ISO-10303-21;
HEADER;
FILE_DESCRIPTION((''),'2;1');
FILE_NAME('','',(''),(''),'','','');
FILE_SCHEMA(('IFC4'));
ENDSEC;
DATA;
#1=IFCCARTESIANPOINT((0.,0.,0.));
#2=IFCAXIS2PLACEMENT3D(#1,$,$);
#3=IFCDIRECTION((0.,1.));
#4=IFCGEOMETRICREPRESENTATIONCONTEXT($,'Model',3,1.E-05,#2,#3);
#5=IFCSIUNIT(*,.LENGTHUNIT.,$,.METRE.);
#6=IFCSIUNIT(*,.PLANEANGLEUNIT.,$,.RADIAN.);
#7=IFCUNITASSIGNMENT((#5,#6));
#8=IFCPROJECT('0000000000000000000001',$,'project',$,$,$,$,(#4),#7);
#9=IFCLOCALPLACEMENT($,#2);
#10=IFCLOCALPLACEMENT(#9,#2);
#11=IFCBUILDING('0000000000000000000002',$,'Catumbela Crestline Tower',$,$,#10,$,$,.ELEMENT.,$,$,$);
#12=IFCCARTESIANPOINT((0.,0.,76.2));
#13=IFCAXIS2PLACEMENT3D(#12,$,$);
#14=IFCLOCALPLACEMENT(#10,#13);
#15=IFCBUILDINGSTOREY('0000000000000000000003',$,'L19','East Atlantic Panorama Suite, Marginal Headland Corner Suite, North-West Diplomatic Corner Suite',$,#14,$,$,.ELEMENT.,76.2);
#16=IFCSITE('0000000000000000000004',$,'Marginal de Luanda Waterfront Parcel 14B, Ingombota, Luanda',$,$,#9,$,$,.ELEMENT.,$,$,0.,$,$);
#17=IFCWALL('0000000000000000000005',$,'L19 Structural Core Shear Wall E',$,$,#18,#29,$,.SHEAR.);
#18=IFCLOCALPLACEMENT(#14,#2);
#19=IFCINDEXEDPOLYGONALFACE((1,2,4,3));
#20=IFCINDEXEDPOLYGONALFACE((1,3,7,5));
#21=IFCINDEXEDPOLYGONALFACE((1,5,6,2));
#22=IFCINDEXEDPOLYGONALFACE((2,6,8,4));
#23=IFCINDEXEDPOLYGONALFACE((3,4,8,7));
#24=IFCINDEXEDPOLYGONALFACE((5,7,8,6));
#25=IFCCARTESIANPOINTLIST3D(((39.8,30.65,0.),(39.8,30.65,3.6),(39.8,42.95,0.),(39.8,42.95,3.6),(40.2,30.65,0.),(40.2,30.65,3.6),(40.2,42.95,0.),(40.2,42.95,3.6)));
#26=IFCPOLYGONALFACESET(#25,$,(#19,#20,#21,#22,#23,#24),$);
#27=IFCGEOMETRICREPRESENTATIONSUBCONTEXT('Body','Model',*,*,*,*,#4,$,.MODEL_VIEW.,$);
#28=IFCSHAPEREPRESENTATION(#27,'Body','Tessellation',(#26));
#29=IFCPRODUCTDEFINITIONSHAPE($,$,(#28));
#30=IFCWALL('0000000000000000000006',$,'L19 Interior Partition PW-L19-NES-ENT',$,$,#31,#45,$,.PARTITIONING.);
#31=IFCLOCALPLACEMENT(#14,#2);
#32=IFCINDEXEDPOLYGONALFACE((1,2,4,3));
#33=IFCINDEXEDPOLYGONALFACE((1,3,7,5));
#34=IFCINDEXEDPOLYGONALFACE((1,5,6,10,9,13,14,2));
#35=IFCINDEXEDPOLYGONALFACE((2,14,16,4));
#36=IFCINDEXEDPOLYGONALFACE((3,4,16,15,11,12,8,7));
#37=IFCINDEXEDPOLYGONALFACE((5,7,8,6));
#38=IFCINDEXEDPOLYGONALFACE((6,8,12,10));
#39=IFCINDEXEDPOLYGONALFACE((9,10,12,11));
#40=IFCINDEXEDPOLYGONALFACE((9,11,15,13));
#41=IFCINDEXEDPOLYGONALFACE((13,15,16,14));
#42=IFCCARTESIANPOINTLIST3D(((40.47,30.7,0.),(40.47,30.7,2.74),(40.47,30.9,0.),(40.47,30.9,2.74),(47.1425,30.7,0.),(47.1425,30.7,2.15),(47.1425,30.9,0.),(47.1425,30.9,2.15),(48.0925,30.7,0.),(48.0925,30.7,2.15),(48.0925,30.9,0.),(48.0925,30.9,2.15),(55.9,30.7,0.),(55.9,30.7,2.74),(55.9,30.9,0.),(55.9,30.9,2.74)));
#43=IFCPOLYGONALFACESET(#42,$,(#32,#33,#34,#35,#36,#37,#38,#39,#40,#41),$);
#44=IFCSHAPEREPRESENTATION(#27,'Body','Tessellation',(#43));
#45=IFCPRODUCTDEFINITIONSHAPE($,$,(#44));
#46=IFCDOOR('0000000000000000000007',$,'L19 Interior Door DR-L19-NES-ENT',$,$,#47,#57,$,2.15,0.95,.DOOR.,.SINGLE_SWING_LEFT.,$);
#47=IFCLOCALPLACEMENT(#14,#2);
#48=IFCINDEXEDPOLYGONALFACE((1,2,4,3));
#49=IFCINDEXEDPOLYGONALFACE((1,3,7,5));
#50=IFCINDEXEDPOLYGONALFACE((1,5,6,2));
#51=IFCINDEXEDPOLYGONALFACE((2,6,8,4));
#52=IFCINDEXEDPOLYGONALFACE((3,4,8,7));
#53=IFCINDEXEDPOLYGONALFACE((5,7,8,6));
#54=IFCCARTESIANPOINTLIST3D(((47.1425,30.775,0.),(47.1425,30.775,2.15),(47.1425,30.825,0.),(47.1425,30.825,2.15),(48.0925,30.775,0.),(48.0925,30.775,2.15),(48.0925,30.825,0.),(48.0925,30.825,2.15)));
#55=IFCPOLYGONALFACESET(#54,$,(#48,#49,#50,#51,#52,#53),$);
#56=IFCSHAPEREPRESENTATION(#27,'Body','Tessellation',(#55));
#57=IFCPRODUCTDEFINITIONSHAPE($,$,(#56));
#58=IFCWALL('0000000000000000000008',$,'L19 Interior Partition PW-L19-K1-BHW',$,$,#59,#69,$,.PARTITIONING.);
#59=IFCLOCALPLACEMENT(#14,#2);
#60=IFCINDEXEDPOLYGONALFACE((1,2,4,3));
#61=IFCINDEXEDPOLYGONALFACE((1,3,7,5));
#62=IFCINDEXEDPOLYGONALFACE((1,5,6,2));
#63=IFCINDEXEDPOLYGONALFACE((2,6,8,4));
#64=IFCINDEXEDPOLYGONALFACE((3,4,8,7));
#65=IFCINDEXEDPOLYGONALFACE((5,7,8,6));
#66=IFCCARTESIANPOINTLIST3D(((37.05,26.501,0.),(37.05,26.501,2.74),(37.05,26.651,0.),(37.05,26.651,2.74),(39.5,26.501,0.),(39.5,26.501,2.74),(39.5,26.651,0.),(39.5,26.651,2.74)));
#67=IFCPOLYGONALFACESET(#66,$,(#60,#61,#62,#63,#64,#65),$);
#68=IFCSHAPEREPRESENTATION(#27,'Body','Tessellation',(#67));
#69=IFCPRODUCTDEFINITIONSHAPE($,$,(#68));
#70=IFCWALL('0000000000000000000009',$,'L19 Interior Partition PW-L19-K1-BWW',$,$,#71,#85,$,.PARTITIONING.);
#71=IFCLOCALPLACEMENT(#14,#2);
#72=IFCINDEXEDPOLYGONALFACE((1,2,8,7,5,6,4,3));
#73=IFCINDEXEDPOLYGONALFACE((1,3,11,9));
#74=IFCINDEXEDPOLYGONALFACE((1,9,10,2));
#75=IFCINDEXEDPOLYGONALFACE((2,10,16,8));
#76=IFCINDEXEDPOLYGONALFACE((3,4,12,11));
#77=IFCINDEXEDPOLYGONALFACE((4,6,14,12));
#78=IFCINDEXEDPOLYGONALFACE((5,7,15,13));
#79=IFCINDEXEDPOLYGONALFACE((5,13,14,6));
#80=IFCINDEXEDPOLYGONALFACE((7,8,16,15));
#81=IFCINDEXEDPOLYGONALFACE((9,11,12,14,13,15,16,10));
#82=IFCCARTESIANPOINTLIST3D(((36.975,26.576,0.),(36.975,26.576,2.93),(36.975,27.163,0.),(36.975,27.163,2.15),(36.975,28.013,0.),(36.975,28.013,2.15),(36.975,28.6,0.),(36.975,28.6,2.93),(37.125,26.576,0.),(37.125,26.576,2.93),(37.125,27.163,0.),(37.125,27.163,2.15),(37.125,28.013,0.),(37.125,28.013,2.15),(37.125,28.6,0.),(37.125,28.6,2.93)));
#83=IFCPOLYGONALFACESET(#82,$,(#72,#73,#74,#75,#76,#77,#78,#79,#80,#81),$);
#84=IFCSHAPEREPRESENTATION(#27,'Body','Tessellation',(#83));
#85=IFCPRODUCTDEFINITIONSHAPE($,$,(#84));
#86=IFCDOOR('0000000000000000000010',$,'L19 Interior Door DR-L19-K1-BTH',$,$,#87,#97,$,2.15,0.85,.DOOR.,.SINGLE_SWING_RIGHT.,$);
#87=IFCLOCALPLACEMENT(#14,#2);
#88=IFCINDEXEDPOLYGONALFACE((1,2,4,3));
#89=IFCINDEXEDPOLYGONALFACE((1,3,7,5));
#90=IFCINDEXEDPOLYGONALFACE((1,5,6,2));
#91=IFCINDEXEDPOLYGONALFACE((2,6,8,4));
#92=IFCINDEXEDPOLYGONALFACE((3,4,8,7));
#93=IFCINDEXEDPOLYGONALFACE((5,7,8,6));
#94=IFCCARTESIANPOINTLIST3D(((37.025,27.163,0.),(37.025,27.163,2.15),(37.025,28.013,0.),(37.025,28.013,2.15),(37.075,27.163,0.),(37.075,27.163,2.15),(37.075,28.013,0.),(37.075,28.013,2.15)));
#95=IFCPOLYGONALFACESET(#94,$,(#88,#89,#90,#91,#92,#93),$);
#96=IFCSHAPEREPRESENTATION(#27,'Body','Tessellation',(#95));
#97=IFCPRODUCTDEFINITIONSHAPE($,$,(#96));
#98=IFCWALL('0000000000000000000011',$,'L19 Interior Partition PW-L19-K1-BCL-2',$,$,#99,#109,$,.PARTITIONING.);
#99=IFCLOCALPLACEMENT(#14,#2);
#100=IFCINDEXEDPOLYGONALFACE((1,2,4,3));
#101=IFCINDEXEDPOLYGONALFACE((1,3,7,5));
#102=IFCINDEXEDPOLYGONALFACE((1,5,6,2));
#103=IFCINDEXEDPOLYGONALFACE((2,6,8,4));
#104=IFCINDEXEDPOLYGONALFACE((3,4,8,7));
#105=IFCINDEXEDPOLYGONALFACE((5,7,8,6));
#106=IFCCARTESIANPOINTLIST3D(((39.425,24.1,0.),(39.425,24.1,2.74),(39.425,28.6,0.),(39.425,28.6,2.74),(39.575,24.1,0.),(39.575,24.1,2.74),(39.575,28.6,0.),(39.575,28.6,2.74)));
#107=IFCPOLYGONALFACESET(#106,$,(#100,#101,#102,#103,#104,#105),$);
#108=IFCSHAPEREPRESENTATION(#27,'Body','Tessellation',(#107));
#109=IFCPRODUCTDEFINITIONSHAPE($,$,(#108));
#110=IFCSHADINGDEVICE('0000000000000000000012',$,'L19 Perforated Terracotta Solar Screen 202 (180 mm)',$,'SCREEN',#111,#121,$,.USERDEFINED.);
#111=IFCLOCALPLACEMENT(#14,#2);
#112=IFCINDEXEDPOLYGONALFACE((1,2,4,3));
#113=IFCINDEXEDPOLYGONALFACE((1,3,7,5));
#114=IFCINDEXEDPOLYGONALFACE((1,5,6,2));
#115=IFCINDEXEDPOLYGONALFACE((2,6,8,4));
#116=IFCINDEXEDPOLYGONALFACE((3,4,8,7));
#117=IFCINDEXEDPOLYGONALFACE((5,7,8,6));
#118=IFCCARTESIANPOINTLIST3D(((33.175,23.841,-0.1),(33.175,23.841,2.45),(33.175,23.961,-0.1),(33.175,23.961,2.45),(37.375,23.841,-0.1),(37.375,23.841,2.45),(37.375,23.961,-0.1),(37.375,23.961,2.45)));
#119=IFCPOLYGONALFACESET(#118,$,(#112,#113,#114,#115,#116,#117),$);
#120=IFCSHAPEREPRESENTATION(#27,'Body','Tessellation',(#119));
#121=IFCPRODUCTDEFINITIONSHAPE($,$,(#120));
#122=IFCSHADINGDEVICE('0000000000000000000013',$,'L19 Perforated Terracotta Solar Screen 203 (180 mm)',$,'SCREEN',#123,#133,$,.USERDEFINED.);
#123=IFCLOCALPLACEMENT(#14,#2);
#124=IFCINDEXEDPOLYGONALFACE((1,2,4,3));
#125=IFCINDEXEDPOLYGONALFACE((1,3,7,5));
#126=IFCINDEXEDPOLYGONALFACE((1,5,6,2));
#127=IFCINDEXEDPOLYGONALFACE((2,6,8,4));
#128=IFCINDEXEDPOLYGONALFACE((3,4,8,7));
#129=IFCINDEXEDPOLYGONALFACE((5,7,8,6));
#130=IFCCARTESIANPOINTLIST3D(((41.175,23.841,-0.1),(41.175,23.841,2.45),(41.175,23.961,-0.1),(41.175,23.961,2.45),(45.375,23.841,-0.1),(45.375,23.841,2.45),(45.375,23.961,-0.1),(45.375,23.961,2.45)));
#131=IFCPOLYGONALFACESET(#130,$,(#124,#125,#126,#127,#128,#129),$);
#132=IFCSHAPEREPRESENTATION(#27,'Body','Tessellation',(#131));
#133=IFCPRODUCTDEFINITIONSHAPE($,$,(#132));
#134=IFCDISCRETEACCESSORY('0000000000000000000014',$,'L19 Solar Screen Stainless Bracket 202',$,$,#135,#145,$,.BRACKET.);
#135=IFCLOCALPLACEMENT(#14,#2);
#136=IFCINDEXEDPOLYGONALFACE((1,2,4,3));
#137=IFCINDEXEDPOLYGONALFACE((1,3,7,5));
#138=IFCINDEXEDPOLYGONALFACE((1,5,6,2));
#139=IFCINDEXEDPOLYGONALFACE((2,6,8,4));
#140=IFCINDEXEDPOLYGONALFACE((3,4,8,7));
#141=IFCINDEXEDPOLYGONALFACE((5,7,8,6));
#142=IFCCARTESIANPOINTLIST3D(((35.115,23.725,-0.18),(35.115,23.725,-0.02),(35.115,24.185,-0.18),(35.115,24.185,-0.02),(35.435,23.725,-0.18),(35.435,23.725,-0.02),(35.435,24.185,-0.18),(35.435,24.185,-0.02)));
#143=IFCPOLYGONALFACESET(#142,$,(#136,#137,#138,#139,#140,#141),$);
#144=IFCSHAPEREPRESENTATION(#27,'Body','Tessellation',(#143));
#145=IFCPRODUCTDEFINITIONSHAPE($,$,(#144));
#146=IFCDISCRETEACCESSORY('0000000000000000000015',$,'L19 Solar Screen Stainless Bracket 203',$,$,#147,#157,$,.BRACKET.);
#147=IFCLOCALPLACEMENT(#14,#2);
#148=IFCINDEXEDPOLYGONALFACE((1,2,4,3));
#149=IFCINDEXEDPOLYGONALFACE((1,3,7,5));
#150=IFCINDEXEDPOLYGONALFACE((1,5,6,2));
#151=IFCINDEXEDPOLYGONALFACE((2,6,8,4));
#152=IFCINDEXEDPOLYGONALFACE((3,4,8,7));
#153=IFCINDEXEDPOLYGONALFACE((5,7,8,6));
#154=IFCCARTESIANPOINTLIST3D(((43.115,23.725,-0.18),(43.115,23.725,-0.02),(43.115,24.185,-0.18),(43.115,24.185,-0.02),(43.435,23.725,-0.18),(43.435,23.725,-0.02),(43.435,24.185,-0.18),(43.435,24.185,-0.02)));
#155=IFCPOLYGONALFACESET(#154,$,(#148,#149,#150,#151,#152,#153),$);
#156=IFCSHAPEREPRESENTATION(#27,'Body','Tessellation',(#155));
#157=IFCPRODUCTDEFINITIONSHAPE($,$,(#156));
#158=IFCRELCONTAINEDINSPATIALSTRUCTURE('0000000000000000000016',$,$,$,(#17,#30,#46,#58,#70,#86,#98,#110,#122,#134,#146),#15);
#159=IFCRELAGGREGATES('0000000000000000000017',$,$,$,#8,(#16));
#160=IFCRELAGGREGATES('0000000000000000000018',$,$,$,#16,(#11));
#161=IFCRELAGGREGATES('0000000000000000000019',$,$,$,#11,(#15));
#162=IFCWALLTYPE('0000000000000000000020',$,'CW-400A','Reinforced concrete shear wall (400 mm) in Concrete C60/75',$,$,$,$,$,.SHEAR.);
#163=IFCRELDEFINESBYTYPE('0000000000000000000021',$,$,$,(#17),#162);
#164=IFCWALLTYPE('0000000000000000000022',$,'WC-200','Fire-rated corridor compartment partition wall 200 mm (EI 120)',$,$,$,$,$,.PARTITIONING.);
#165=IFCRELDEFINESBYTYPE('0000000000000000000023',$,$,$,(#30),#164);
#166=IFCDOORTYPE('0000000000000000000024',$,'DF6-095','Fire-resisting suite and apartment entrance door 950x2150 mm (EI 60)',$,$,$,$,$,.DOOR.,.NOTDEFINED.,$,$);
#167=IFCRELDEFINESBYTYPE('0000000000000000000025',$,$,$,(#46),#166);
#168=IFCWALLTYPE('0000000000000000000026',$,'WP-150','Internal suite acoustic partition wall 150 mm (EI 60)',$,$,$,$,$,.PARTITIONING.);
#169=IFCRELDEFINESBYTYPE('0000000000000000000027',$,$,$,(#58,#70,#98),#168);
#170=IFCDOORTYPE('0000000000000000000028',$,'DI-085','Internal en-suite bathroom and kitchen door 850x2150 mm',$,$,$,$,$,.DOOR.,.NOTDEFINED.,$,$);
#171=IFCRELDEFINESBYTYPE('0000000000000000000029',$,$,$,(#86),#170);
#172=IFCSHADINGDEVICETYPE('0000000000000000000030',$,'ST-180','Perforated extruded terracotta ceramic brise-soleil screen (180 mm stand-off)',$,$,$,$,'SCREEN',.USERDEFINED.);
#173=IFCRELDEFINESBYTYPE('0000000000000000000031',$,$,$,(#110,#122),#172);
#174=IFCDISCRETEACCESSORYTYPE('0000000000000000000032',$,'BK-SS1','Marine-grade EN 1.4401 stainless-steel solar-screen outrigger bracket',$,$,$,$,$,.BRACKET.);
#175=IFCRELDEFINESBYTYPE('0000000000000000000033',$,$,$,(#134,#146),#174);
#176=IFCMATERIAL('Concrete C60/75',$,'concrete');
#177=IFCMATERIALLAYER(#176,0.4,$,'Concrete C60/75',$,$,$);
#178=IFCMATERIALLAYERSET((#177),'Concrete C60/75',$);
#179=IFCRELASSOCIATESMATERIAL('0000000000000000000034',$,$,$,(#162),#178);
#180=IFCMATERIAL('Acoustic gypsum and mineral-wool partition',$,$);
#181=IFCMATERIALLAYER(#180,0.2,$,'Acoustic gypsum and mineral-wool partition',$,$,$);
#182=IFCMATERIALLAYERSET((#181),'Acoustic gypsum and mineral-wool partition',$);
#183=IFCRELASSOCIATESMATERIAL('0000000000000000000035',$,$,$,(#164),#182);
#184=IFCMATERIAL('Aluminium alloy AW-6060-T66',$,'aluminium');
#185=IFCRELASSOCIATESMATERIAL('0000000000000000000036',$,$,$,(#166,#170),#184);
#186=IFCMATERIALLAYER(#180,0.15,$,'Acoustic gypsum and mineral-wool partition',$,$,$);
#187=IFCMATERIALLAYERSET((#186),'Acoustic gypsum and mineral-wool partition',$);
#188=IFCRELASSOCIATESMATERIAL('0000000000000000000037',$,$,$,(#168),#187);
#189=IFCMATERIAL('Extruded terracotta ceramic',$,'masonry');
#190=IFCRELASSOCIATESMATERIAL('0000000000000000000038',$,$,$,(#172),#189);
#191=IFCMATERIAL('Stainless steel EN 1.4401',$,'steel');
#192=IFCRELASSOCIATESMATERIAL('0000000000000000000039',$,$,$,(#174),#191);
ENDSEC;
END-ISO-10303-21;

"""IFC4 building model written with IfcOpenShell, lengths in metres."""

from ifc_helpers import new_model, si_unit, direction, frame, frame_2d, origin, origin_2d, place, context, subcontext, project, spatial, rectangle, extrude, material, layer, layer_set, type_object, element, fill, save


model = new_model("IFC4")

# Units and contexts
model_context = context("Model", 3, precision=1e-05, world=origin(), true_north=direction((0.0, 1.0)))
body_context = subcontext(model_context, "Body", "Model", "MODEL_VIEW")
ifc_project = project(units=[si_unit("LENGTHUNIT", "METRE"), si_unit("PLANEANGLEUNIT", "RADIAN")], contexts=[model_context])

# Site, building, storey
site_placement = place(None, origin())
site = spatial("IfcSite", under=ifc_project, at=site_placement, Name="Marginal de Luanda Waterfront Parcel 14B, Ingombota, Luanda", CompositionType="ELEMENT", RefElevation=0.0)
building_placement = place(site_placement, origin())
building = spatial("IfcBuilding", under=site, at=building_placement, Name="Catumbela Crestline Tower", CompositionType="ELEMENT")
storey_placement = place(building_placement, frame((0.0, 0.0, 76.2)))
storey = spatial("IfcBuildingStorey", under=building, at=storey_placement, Name="L19", Description="East Atlantic Panorama Suite, Marginal Headland Corner Suite, North-West Diplomatic Corner Suite", CompositionType="ELEMENT", Elevation=76.2)

# Shared definitions
ifc_material_1 = material(Name="Concrete C60/75", Category="concrete")

# Shared definitions
ifc_material_2 = material(Name="Aluminium alloy AW-6060-T66", Category="aluminium")

# Wall
ifc_layer_1 = layer(ifc_material_1, 0.4, Name="Concrete C60/75")
ifc_layer_set_1 = layer_set([ifc_layer_1], Name="Concrete C60/75")
wall_type_1 = type_object("IfcWallType", Name="CW-400A", Description="Reinforced concrete shear wall (400 mm) in Concrete C60/75", PredefinedType="SHEAR", material=ifc_layer_set_1)
wall_1_placement = place(storey_placement, frame((40.0, 30.65, 0.0), z_axis=(0.0, 0.0, 1.0), x_axis=(0.0, 1.0, 0.0)))
element("IfcWall", 1, at=wall_1_placement, inside=storey, type_object=wall_type_1, Name="L19 Structural Core Shear Wall E", PredefinedType="SHEAR", context=body_context, shape_type="SweptSolid", body=[
    extrude(rectangle(XDim=12.3, YDim=0.4, at=frame_2d((6.15, 0.0))), origin(), (0.0, 0.0, 1.0), 3.6),
])

# Wall, opening, door
ifc_material_3 = material(Name="Acoustic gypsum and mineral-wool partition")
ifc_layer_2 = layer(ifc_material_3, 0.2, Name="Acoustic gypsum and mineral-wool partition")
ifc_layer_set_2 = layer_set([ifc_layer_2], Name="Acoustic gypsum and mineral-wool partition")
wall_type_2 = type_object("IfcWallType", Name="WC-200", Description="Fire-rated corridor compartment partition wall 200 mm (EI 120)", PredefinedType="PARTITIONING", material=ifc_layer_set_2)
wall_2_placement = place(storey_placement, frame((40.47, 30.8, 0.0), z_axis=(0.0, 0.0, 1.0), x_axis=(1.0, 0.0, 0.0)))
wall_2 = element("IfcWall", 2, at=wall_2_placement, inside=storey, type_object=wall_type_2, Name="L19 Interior Partition PW-L19-NES-ENT", PredefinedType="PARTITIONING", context=body_context, shape_type="SweptSolid", body=[
    extrude(rectangle(XDim=15.43, YDim=0.2, at=frame_2d((7.715, 0.0))), origin(), (0.0, 0.0, 1.0), 2.74),
])
opening_1_placement = place(wall_2_placement, frame((6.6725, 0.0, 0.0)))
opening_1 = element("IfcOpeningElement", 3, at=opening_1_placement, cuts=wall_2, PredefinedType="OPENING", context=body_context, shape_type="SweptSolid", body=[
    extrude(rectangle(XDim=0.95, YDim=2.15, at=frame_2d((0.475, 1.075))), frame((0.0, 0.11, 0.0), z_axis=(0.0, -1.0, 0.0), x_axis=(1.0, 0.0, 0.0)), (0.0, 0.0, 1.0), 0.22),
])
door_type_1 = type_object("IfcDoorType", Name="DF6-095", Description="Fire-resisting suite and apartment entrance door 950x2150 mm (EI 60)", OperationType="NOTDEFINED", PredefinedType="DOOR", material=ifc_material_2)
door_1_placement = place(opening_1_placement, origin())
door_1 = element("IfcDoor", 4, at=door_1_placement, inside=storey, type_object=door_type_1, Name="L19 Interior Door DR-L19-NES-ENT", OperationType="SINGLE_SWING_LEFT", OverallHeight=2.15, OverallWidth=0.95, PredefinedType="DOOR", context=body_context, shape_type="SweptSolid", body=[
    extrude(rectangle(XDim=0.95, YDim=2.15, at=frame_2d((0.475, 1.075))), frame((0.0, 0.025, 0.0), z_axis=(0.0, -1.0, 0.0), x_axis=(1.0, 0.0, 0.0)), (0.0, 0.0, 1.0), 0.05),
])
fill(opening_1, door_1)

# Wall
ifc_layer_3 = layer(ifc_material_3, 0.15, Name="Acoustic gypsum and mineral-wool partition")
ifc_layer_set_3 = layer_set([ifc_layer_3], Name="Acoustic gypsum and mineral-wool partition")
wall_type_3 = type_object("IfcWallType", Name="WP-150", Description="Internal suite acoustic partition wall 150 mm (EI 60)", PredefinedType="PARTITIONING", material=ifc_layer_set_3)
wall_3_placement = place(storey_placement, frame((37.05, 26.576, 0.0), z_axis=(0.0, 0.0, 1.0), x_axis=(1.0, 0.0, 0.0)))
element("IfcWall", 5, at=wall_3_placement, inside=storey, type_object=wall_type_3, Name="L19 Interior Partition PW-L19-K1-BHW", PredefinedType="PARTITIONING", context=body_context, shape_type="SweptSolid", body=[
    extrude(rectangle(XDim=2.45, YDim=0.15, at=frame_2d((1.225, 0.0))), origin(), (0.0, 0.0, 1.0), 2.74),
])

# Wall, opening, door
wall_4_placement = place(storey_placement, frame((37.05, 26.576, 0.0), z_axis=(0.0, 0.0, 1.0), x_axis=(0.0, 1.0, 0.0)))
wall_4 = element("IfcWall", 6, at=wall_4_placement, inside=storey, type_object=wall_type_3, Name="L19 Interior Partition PW-L19-K1-BWW", PredefinedType="PARTITIONING", context=body_context, shape_type="SweptSolid", body=[
    extrude(rectangle(XDim=2.024, YDim=0.15, at=frame_2d((1.012, 0.0))), origin(), (0.0, 0.0, 1.0), 2.93),
])
opening_2_placement = place(wall_4_placement, frame((0.587, 0.0, 0.0)))
opening_2 = element("IfcOpeningElement", 7, at=opening_2_placement, cuts=wall_4, PredefinedType="OPENING", context=body_context, shape_type="SweptSolid", body=[
    extrude(rectangle(XDim=0.85, YDim=2.15, at=frame_2d((0.425, 1.075))), frame((0.0, 0.085, 0.0), z_axis=(0.0, -1.0, 0.0), x_axis=(1.0, 0.0, 0.0)), (0.0, 0.0, 1.0), 0.17),
])
door_type_2 = type_object("IfcDoorType", Name="DI-085", Description="Internal en-suite bathroom and kitchen door 850x2150 mm", OperationType="NOTDEFINED", PredefinedType="DOOR", material=ifc_material_2)
door_2_placement = place(opening_2_placement, origin())
door_2 = element("IfcDoor", 8, at=door_2_placement, inside=storey, type_object=door_type_2, Name="L19 Interior Door DR-L19-K1-BTH", OperationType="SINGLE_SWING_RIGHT", OverallHeight=2.15, OverallWidth=0.85, PredefinedType="DOOR", context=body_context, shape_type="SweptSolid", body=[
    extrude(rectangle(XDim=0.85, YDim=2.15, at=frame_2d((0.425, 1.075))), frame((0.0, 0.025, 0.0), z_axis=(0.0, -1.0, 0.0), x_axis=(1.0, 0.0, 0.0)), (0.0, 0.0, 1.0), 0.05),
])
fill(opening_2, door_2)

# Wall
wall_5_placement = place(storey_placement, frame((39.5, 28.6, 0.0), z_axis=(0.0, 0.0, 1.0), x_axis=(0.0, -1.0, 0.0)))
element("IfcWall", 9, at=wall_5_placement, inside=storey, type_object=wall_type_3, Name="L19 Interior Partition PW-L19-K1-BCL-2", PredefinedType="PARTITIONING", context=body_context, shape_type="SweptSolid", body=[
    extrude(rectangle(XDim=4.5, YDim=0.15, at=frame_2d((2.25, 0.0))), origin(), (0.0, 0.0, 1.0), 2.74),
])

# Shading devices
ifc_material_4 = material(Name="Extruded terracotta ceramic", Category="masonry")
shading_device_type = type_object("IfcShadingDeviceType", Name="ST-180", Description="Perforated extruded terracotta ceramic brise-soleil screen (180 mm stand-off)", ElementType="SCREEN", PredefinedType="USERDEFINED", material=ifc_material_4)
for number, where, z_axis, x_axis, name in (
    (10, (35.275, 23.901, -0.1), (0.0, 0.0, 1.0), (1.0, 0.0, 0.0), "L19 Perforated Terracotta Solar Screen 202 (180 mm)"),
    (11, (43.275, 23.901, -0.1), (0.0, 0.0, 1.0), (1.0, 0.0, 0.0), "L19 Perforated Terracotta Solar Screen 203 (180 mm)"),
):
    element("IfcShadingDevice", number, at=place(storey_placement, frame(where, z_axis=z_axis, x_axis=x_axis)), inside=storey, type_object=shading_device_type, Name=name, ObjectType="SCREEN", PredefinedType="USERDEFINED", context=body_context, shape_type="SweptSolid", body=[
        extrude(rectangle(XDim=4.2, YDim=0.12, at=origin_2d()), origin(), (0.0, 0.0, 1.0), 2.55),
    ])

# Discrete accessories
ifc_material_5 = material(Name="Stainless steel EN 1.4401", Category="steel")
discrete_accessory_type = type_object("IfcDiscreteAccessoryType", Name="BK-SS1", Description="Marine-grade EN 1.4401 stainless-steel solar-screen outrigger bracket", PredefinedType="BRACKET", material=ifc_material_5)
for number, where, z_axis, x_axis, name in (
    (12, (35.275, 23.955, -0.18), (0.0, 0.0, 1.0), (1.0, 0.0, 0.0), "L19 Solar Screen Stainless Bracket 202"),
    (13, (43.275, 23.955, -0.18), (0.0, 0.0, 1.0), (1.0, 0.0, 0.0), "L19 Solar Screen Stainless Bracket 203"),
):
    element("IfcDiscreteAccessory", number, at=place(storey_placement, frame(where, z_axis=z_axis, x_axis=x_axis)), inside=storey, type_object=discrete_accessory_type, Name=name, PredefinedType="BRACKET", context=body_context, shape_type="SweptSolid", body=[
        extrude(rectangle(XDim=0.32, YDim=0.46, at=origin_2d()), origin(), (0.0, 0.0, 1.0), 0.16),
    ])

save(model, "model.ifc")
